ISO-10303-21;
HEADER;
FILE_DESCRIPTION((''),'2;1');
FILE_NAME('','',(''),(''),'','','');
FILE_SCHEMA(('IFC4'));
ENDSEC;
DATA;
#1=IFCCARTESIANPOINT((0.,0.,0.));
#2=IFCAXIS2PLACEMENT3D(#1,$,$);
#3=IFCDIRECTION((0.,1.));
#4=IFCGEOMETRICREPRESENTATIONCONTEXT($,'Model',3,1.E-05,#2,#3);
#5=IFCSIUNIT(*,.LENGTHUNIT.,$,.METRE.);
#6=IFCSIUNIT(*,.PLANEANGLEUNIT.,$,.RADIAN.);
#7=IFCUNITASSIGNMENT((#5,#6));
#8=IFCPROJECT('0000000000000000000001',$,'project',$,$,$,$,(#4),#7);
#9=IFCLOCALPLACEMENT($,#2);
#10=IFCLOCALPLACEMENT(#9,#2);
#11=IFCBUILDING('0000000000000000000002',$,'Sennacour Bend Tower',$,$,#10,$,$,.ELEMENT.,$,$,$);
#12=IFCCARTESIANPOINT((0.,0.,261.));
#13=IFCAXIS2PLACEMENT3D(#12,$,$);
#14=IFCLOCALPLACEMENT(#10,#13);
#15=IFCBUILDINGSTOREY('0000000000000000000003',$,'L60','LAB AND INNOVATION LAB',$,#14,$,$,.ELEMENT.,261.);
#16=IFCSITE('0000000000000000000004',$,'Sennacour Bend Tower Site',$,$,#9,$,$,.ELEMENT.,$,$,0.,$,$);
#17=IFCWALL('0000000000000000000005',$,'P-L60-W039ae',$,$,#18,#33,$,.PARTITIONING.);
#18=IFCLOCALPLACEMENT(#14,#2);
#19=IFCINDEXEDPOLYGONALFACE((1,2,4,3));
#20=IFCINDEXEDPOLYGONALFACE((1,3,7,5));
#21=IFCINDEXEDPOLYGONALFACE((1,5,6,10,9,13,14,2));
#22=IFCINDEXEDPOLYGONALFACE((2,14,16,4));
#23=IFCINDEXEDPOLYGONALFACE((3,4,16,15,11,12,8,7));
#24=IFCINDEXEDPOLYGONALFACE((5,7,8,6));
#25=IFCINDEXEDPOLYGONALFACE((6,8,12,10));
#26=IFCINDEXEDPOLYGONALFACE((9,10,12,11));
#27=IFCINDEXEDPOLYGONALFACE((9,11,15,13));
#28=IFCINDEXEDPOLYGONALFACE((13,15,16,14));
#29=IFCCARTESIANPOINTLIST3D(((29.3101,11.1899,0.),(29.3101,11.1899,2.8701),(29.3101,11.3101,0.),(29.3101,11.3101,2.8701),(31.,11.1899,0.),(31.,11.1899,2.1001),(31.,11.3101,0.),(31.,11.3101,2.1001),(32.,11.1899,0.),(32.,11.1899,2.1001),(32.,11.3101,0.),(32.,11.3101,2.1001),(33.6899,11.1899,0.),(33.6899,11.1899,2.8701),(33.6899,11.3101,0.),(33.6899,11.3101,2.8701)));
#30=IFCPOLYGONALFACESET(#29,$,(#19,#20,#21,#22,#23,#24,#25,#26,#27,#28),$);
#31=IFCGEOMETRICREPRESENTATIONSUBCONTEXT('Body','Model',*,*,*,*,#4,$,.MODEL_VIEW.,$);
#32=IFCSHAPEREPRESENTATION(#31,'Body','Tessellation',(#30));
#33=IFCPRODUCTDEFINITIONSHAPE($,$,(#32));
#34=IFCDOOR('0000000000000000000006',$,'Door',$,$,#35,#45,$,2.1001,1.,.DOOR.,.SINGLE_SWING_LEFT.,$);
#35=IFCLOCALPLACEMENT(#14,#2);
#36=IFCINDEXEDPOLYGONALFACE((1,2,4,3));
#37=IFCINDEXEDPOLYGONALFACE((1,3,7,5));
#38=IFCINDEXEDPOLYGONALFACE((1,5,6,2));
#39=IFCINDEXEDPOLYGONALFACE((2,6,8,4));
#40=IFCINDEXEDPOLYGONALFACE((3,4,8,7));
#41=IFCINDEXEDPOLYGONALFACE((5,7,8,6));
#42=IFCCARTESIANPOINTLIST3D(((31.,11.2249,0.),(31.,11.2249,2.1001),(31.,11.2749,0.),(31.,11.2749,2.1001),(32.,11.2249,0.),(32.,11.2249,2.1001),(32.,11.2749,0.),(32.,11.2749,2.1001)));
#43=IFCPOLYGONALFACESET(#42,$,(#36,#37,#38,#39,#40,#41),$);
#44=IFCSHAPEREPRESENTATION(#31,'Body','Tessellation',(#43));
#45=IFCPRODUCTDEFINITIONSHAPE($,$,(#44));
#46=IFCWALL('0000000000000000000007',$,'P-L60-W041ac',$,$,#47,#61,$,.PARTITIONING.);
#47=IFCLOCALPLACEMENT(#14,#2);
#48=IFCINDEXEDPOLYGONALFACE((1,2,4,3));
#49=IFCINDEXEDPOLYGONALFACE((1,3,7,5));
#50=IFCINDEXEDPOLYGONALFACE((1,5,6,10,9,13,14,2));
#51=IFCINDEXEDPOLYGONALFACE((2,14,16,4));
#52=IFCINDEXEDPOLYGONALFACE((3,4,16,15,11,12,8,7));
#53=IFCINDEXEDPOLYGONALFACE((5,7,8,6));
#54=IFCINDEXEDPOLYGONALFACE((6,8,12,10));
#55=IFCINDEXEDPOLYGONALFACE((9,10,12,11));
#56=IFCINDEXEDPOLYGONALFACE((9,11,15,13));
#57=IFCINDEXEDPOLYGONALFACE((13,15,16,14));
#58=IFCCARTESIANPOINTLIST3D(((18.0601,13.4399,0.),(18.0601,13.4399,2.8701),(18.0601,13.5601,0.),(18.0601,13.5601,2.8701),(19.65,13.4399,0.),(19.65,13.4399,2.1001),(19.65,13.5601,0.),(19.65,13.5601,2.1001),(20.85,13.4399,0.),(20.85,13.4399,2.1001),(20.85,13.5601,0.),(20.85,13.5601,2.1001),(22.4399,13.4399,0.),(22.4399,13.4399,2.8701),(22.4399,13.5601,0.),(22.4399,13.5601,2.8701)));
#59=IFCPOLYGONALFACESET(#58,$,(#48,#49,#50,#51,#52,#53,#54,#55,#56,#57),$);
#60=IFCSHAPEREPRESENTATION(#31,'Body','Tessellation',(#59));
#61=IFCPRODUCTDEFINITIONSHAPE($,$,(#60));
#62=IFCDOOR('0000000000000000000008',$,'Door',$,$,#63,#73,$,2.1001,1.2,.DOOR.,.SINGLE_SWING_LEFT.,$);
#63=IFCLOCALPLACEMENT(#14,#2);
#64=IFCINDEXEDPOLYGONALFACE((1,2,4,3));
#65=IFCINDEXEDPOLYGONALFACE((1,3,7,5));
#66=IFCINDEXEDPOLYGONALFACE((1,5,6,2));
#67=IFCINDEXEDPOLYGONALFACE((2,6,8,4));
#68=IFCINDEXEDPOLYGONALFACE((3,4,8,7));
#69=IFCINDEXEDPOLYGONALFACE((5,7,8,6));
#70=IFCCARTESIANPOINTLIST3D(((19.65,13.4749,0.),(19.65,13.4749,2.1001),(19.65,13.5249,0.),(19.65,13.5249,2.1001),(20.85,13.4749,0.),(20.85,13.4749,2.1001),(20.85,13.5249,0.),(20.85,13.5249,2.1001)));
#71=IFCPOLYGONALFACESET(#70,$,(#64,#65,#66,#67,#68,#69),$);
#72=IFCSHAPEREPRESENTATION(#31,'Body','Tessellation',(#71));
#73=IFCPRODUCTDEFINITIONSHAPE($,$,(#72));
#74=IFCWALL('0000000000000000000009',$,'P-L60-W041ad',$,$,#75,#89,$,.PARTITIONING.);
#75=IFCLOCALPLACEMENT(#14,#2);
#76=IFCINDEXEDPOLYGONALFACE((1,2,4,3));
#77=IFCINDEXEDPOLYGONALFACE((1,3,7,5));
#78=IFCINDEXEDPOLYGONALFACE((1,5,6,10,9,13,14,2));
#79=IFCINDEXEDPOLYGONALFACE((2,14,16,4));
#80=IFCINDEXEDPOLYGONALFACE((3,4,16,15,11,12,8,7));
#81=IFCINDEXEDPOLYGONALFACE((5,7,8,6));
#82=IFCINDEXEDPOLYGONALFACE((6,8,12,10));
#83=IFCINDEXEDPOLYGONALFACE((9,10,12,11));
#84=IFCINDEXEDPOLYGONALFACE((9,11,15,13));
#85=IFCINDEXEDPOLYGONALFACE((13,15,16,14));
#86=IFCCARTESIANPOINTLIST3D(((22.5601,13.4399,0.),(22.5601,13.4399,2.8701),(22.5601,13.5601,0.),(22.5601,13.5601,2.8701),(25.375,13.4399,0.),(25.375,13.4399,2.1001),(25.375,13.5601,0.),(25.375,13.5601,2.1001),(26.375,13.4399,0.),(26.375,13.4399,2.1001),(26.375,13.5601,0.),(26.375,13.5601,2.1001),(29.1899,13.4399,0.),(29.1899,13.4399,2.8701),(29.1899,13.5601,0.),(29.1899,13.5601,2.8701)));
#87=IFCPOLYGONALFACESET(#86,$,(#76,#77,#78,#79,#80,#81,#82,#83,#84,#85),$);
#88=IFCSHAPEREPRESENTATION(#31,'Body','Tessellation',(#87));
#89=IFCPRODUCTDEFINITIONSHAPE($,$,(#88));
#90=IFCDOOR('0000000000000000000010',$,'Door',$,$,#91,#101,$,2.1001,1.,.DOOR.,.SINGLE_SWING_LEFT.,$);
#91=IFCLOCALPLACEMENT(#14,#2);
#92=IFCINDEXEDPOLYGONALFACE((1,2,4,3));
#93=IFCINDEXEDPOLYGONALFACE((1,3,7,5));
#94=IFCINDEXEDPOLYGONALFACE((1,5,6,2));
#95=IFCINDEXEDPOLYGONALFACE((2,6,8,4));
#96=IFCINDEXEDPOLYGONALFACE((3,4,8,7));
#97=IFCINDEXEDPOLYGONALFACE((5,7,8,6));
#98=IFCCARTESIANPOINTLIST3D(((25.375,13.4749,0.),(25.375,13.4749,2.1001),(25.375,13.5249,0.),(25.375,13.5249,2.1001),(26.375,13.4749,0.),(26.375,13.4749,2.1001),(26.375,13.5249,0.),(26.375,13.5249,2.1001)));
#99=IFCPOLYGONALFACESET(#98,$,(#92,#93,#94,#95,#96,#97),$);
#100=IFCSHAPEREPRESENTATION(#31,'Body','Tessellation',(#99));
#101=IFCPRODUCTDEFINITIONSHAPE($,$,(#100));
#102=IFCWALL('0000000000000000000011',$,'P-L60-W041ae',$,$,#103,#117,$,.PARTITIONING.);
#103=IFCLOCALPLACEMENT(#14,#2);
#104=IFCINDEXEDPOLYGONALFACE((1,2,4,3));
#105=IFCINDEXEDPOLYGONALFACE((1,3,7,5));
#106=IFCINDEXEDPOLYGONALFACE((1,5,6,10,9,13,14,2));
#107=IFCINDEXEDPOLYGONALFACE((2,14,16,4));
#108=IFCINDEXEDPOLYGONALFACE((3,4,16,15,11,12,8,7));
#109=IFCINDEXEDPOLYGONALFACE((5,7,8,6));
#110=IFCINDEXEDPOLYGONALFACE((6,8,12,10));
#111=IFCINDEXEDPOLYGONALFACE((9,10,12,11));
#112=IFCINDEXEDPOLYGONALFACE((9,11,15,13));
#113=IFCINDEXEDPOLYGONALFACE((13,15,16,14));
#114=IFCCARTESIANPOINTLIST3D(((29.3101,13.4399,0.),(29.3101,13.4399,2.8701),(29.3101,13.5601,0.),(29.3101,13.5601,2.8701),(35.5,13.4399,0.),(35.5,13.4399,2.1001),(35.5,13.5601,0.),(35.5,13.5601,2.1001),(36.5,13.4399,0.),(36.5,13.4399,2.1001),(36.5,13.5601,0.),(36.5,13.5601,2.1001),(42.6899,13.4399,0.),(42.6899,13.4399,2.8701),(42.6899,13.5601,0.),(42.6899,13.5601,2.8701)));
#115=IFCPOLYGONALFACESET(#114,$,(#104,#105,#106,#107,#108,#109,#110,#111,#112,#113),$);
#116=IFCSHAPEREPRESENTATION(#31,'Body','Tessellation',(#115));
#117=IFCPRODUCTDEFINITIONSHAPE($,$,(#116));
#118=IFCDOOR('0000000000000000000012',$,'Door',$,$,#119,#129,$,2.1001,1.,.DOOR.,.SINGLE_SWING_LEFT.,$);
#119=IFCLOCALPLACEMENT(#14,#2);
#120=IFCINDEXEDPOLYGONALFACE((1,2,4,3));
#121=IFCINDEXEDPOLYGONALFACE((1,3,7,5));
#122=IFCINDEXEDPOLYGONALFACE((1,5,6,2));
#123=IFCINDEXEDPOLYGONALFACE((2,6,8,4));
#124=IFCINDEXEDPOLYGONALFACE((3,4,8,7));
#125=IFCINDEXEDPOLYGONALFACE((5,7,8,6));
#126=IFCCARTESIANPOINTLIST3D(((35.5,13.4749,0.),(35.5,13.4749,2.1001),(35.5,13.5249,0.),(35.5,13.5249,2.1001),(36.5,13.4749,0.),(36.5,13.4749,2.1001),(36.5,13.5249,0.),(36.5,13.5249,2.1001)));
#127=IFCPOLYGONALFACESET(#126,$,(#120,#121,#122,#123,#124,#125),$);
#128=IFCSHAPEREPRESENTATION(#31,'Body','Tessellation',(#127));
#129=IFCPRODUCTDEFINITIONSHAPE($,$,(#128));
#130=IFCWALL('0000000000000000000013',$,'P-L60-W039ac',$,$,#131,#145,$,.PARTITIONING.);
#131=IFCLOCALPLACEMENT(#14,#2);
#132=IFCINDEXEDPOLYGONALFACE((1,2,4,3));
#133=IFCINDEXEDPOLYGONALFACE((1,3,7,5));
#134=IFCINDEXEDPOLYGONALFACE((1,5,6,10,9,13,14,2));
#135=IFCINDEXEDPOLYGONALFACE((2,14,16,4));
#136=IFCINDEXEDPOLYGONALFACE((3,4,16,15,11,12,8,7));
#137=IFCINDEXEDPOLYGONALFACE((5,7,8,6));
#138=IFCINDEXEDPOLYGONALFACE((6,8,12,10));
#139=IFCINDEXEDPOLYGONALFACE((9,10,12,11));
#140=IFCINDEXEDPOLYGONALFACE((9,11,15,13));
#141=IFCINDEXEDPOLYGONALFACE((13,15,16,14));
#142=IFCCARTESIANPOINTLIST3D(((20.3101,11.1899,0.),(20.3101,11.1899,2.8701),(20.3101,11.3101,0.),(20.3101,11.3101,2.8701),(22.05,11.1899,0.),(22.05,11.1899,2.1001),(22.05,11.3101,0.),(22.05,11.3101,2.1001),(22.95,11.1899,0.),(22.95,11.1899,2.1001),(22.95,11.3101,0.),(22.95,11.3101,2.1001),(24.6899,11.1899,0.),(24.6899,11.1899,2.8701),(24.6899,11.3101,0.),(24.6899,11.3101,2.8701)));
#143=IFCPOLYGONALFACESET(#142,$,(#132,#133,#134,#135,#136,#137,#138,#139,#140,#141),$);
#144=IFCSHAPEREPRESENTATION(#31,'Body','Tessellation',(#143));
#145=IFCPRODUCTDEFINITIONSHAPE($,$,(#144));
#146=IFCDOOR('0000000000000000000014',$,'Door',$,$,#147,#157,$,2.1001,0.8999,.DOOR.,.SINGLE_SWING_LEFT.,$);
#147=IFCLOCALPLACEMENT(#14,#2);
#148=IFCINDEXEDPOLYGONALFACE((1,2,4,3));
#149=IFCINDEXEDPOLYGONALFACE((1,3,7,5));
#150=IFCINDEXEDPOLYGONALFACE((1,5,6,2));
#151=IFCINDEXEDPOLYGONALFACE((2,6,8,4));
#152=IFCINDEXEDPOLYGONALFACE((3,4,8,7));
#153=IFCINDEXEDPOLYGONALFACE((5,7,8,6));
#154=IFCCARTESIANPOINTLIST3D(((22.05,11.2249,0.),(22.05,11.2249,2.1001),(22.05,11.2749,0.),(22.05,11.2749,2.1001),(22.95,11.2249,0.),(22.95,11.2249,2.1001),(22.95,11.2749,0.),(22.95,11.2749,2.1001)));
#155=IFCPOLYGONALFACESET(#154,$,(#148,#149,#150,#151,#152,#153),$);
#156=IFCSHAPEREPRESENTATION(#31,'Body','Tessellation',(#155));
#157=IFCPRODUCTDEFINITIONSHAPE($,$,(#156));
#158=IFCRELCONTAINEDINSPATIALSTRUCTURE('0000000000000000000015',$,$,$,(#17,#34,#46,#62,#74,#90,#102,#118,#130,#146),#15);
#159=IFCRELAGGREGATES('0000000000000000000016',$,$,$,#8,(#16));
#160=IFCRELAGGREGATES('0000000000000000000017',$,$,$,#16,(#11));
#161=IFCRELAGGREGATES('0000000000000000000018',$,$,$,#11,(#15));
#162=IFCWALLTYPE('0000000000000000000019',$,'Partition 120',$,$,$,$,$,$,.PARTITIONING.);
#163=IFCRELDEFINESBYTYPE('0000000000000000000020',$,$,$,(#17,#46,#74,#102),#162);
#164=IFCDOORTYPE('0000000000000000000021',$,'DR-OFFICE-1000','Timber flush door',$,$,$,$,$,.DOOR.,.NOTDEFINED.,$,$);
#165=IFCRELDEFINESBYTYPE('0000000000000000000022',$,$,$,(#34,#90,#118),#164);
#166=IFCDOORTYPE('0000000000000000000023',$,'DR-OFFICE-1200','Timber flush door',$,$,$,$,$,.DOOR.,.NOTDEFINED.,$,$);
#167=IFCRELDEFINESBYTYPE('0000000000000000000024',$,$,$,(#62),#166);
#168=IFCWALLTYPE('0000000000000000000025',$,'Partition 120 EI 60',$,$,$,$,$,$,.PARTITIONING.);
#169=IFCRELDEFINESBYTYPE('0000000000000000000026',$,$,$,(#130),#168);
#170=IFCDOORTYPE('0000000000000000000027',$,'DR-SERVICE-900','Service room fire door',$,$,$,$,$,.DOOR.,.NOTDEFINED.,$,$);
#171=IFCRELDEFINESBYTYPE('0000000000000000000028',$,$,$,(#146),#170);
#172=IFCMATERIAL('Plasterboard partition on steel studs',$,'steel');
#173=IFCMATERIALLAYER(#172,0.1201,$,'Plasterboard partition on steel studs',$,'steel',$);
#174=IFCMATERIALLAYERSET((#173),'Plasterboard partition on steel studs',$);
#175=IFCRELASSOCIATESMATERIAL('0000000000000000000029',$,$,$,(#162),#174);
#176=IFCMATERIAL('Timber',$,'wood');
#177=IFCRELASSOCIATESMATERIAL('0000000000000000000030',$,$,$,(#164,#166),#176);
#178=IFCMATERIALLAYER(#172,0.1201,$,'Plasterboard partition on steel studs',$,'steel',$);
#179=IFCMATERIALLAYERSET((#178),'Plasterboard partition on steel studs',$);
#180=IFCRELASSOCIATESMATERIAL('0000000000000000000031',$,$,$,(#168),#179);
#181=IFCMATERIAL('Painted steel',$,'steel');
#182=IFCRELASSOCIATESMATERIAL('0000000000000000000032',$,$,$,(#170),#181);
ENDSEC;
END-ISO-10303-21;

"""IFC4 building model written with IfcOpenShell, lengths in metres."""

from ifc_helpers import new_model, si_unit, direction, frame, frame_2d, origin, place, context, subcontext, project, spatial, rectangle, extrude, material, layer, layer_set, type_object, element, fill, save


model = new_model("IFC4")

# Units and contexts
model_context = context("Model", 3, precision=1e-05, world=origin(), true_north=direction((0.0, 1.0)))
body_context = subcontext(model_context, "Body", "Model", "MODEL_VIEW")
ifc_project = project(units=[si_unit("LENGTHUNIT", "METRE"), si_unit("PLANEANGLEUNIT", "RADIAN")], contexts=[model_context])

# Site, building, storey
site_placement = place(None, origin())
site = spatial("IfcSite", under=ifc_project, at=site_placement, Name="Sennacour Bend Tower Site", CompositionType="ELEMENT", RefElevation=0.0)
building_placement = place(site_placement, origin())
building = spatial("IfcBuilding", under=site, at=building_placement, Name="Sennacour Bend Tower", CompositionType="ELEMENT")
storey_placement = place(building_placement, frame((0.0, 0.0, 261.0)))
storey = spatial("IfcBuildingStorey", under=building, at=storey_placement, Name="L60", Description="LAB AND INNOVATION LAB", CompositionType="ELEMENT", Elevation=261.0)

# Shared definitions
ifc_material_1 = material(Name="Plasterboard partition on steel studs", Category="steel")
ifc_layer_1 = layer(ifc_material_1, 0.1201, Name="Plasterboard partition on steel studs", Category="steel")
ifc_layer_set_1 = layer_set([ifc_layer_1], Name="Plasterboard partition on steel studs")
wall_type_1 = type_object("IfcWallType", Name="Partition 120", PredefinedType="PARTITIONING", material=ifc_layer_set_1)

# Walls, openings, doors
ifc_material_2 = material(Name="Timber", Category="wood")
door_type_1 = type_object("IfcDoorType", Name="DR-OFFICE-1000", Description="Timber flush door", OperationType="NOTDEFINED", PredefinedType="DOOR", material=ifc_material_2)
door_type_2 = type_object("IfcDoorType", Name="DR-OFFICE-1200", Description="Timber flush door", OperationType="NOTDEFINED", PredefinedType="DOOR", material=ifc_material_2)
wall_1_placement = place(storey_placement, frame((29.3101, 11.25, 0.0), z_axis=(0.0, 0.0, 1.0), x_axis=(1.0, 0.0, 0.0)))
wall_1 = element("IfcWall", 1, at=wall_1_placement, inside=storey, type_object=wall_type_1, Name="P-L60-W039ae", PredefinedType="PARTITIONING", context=body_context, shape_type="SweptSolid", body=[
    extrude(rectangle(XDim=4.3799, YDim=0.1201, at=frame_2d((2.1899, 0.0))), origin(), (0.0, 0.0, 1.0), 2.8701),
])
opening_1_placement = place(wall_1_placement, frame((1.6899, 0.0, 0.0)))
opening_1 = element("IfcOpeningElement", 2, at=opening_1_placement, cuts=wall_1, PredefinedType="OPENING", context=body_context, shape_type="SweptSolid", body=[
    extrude(rectangle(XDim=1.0, YDim=2.1001, at=frame_2d((0.5, 1.05))), frame((0.0, 0.0701, 0.0), z_axis=(0.0, -1.0, 0.0), x_axis=(1.0, 0.0, 0.0)), (0.0, 0.0, 1.0), 0.1401),
])
door_1_placement = place(opening_1_placement, origin())
door_1 = element("IfcDoor", 3, at=door_1_placement, inside=storey, type_object=door_type_1, Name="Door", OperationType="SINGLE_SWING_LEFT", OverallHeight=2.1001, OverallWidth=1.0, PredefinedType="DOOR", context=body_context, shape_type="SweptSolid", body=[
    extrude(rectangle(XDim=1.0, YDim=2.1001, at=frame_2d((0.5, 1.05))), frame((0.0, 0.0249, 0.0), z_axis=(0.0, -1.0, 0.0), x_axis=(1.0, 0.0, 0.0)), (0.0, 0.0, 1.0), 0.05),
])
fill(opening_1, door_1)
wall_2_placement = place(storey_placement, frame((18.0601, 13.5, 0.0), z_axis=(0.0, 0.0, 1.0), x_axis=(1.0, 0.0, 0.0)))
wall_2 = element("IfcWall", 4, at=wall_2_placement, inside=storey, type_object=wall_type_1, Name="P-L60-W041ac", PredefinedType="PARTITIONING", context=body_context, shape_type="SweptSolid", body=[
    extrude(rectangle(XDim=4.3799, YDim=0.1201, at=frame_2d((2.1899, 0.0))), origin(), (0.0, 0.0, 1.0), 2.8701),
])
opening_2_placement = place(wall_2_placement, frame((1.5898, 0.0, 0.0)))
opening_2 = element("IfcOpeningElement", 5, at=opening_2_placement, cuts=wall_2, PredefinedType="OPENING", context=body_context, shape_type="SweptSolid", body=[
    extrude(rectangle(XDim=1.2, YDim=2.1001, at=frame_2d((0.6001, 1.05))), frame((0.0, 0.0701, 0.0), z_axis=(0.0, -1.0, 0.0), x_axis=(1.0, 0.0, 0.0)), (0.0, 0.0, 1.0), 0.1401),
])
door_2_placement = place(opening_2_placement, origin())
door_2 = element("IfcDoor", 6, at=door_2_placement, inside=storey, type_object=door_type_2, Name="Door", OperationType="SINGLE_SWING_LEFT", OverallHeight=2.1001, OverallWidth=1.2, PredefinedType="DOOR", context=body_context, shape_type="SweptSolid", body=[
    extrude(rectangle(XDim=1.2, YDim=2.1001, at=frame_2d((0.6001, 1.05))), frame((0.0, 0.0249, 0.0), z_axis=(0.0, -1.0, 0.0), x_axis=(1.0, 0.0, 0.0)), (0.0, 0.0, 1.0), 0.05),
])
fill(opening_2, door_2)
wall_3_placement = place(storey_placement, frame((22.5601, 13.5, 0.0), z_axis=(0.0, 0.0, 1.0), x_axis=(1.0, 0.0, 0.0)))
wall_3 = element("IfcWall", 7, at=wall_3_placement, inside=storey, type_object=wall_type_1, Name="P-L60-W041ad", PredefinedType="PARTITIONING", context=body_context, shape_type="SweptSolid", body=[
    extrude(rectangle(XDim=6.6299, YDim=0.1201, at=frame_2d((3.3149, 0.0))), origin(), (0.0, 0.0, 1.0), 2.8701),
])
opening_3_placement = place(wall_3_placement, frame((2.8149, 0.0, 0.0)))
opening_3 = element("IfcOpeningElement", 8, at=opening_3_placement, cuts=wall_3, PredefinedType="OPENING", context=body_context, shape_type="SweptSolid", body=[
    extrude(rectangle(XDim=1.0, YDim=2.1001, at=frame_2d((0.5, 1.05))), frame((0.0, 0.0701, 0.0), z_axis=(0.0, -1.0, 0.0), x_axis=(1.0, 0.0, 0.0)), (0.0, 0.0, 1.0), 0.1401),
])
door_3_placement = place(opening_3_placement, origin())
door_3 = element("IfcDoor", 9, at=door_3_placement, inside=storey, type_object=door_type_1, Name="Door", OperationType="SINGLE_SWING_LEFT", OverallHeight=2.1001, OverallWidth=1.0, PredefinedType="DOOR", context=body_context, shape_type="SweptSolid", body=[
    extrude(rectangle(XDim=1.0, YDim=2.1001, at=frame_2d((0.5, 1.05))), frame((0.0, 0.0249, 0.0), z_axis=(0.0, -1.0, 0.0), x_axis=(1.0, 0.0, 0.0)), (0.0, 0.0, 1.0), 0.05),
])
fill(opening_3, door_3)
wall_4_placement = place(storey_placement, frame((29.3101, 13.5, 0.0), z_axis=(0.0, 0.0, 1.0), x_axis=(1.0, 0.0, 0.0)))
wall_4 = element("IfcWall", 10, at=wall_4_placement, inside=storey, type_object=wall_type_1, Name="P-L60-W041ae", PredefinedType="PARTITIONING", context=body_context, shape_type="SweptSolid", body=[
    extrude(rectangle(XDim=13.3799, YDim=0.1201, at=frame_2d((6.6899, 0.0))), origin(), (0.0, 0.0, 1.0), 2.8701),
])
opening_4_placement = place(wall_4_placement, frame((6.1899, 0.0, 0.0)))
opening_4 = element("IfcOpeningElement", 11, at=opening_4_placement, cuts=wall_4, PredefinedType="OPENING", context=body_context, shape_type="SweptSolid", body=[
    extrude(rectangle(XDim=1.0, YDim=2.1001, at=frame_2d((0.5, 1.05))), frame((0.0, 0.0701, 0.0), z_axis=(0.0, -1.0, 0.0), x_axis=(1.0, 0.0, 0.0)), (0.0, 0.0, 1.0), 0.1401),
])
door_4_placement = place(opening_4_placement, origin())
door_4 = element("IfcDoor", 12, at=door_4_placement, inside=storey, type_object=door_type_1, Name="Door", OperationType="SINGLE_SWING_LEFT", OverallHeight=2.1001, OverallWidth=1.0, PredefinedType="DOOR", context=body_context, shape_type="SweptSolid", body=[
    extrude(rectangle(XDim=1.0, YDim=2.1001, at=frame_2d((0.5, 1.05))), frame((0.0, 0.0249, 0.0), z_axis=(0.0, -1.0, 0.0), x_axis=(1.0, 0.0, 0.0)), (0.0, 0.0, 1.0), 0.05),
])
fill(opening_4, door_4)
ifc_layer_2 = layer(ifc_material_1, 0.1201, Name="Plasterboard partition on steel studs", Category="steel")
ifc_layer_set_2 = layer_set([ifc_layer_2], Name="Plasterboard partition on steel studs")
wall_type_2 = type_object("IfcWallType", Name="Partition 120 EI 60", PredefinedType="PARTITIONING", material=ifc_layer_set_2)
wall_5_placement = place(storey_placement, frame((20.3101, 11.25, 0.0), z_axis=(0.0, 0.0, 1.0), x_axis=(1.0, 0.0, 0.0)))
wall_5 = element("IfcWall", 13, at=wall_5_placement, inside=storey, type_object=wall_type_2, Name="P-L60-W039ac", PredefinedType="PARTITIONING", context=body_context, shape_type="SweptSolid", body=[
    extrude(rectangle(XDim=4.3799, YDim=0.1201, at=frame_2d((2.1899, 0.0))), origin(), (0.0, 0.0, 1.0), 2.8701),
])
opening_5_placement = place(wall_5_placement, frame((1.74, 0.0, 0.0)))
opening_5 = element("IfcOpeningElement", 14, at=opening_5_placement, cuts=wall_5, PredefinedType="OPENING", context=body_context, shape_type="SweptSolid", body=[
    extrude(rectangle(XDim=0.8999, YDim=2.1001, at=frame_2d((0.45, 1.05))), frame((0.0, 0.0701, 0.0), z_axis=(0.0, -1.0, 0.0), x_axis=(1.0, 0.0, 0.0)), (0.0, 0.0, 1.0), 0.1401),
])
ifc_material_3 = material(Name="Painted steel", Category="steel")
door_type_3 = type_object("IfcDoorType", Name="DR-SERVICE-900", Description="Service room fire door", OperationType="NOTDEFINED", PredefinedType="DOOR", material=ifc_material_3)
door_5_placement = place(opening_5_placement, origin())
door_5 = element("IfcDoor", 15, at=door_5_placement, inside=storey, type_object=door_type_3, Name="Door", OperationType="SINGLE_SWING_LEFT", OverallHeight=2.1001, OverallWidth=0.8999, PredefinedType="DOOR", context=body_context, shape_type="SweptSolid", body=[
    extrude(rectangle(XDim=0.8999, YDim=2.1001, at=frame_2d((0.45, 1.05))), frame((0.0, 0.0249, 0.0), z_axis=(0.0, -1.0, 0.0), x_axis=(1.0, 0.0, 0.0)), (0.0, 0.0, 1.0), 0.05),
])
fill(opening_5, door_5)

save(model, "model.ifc")
